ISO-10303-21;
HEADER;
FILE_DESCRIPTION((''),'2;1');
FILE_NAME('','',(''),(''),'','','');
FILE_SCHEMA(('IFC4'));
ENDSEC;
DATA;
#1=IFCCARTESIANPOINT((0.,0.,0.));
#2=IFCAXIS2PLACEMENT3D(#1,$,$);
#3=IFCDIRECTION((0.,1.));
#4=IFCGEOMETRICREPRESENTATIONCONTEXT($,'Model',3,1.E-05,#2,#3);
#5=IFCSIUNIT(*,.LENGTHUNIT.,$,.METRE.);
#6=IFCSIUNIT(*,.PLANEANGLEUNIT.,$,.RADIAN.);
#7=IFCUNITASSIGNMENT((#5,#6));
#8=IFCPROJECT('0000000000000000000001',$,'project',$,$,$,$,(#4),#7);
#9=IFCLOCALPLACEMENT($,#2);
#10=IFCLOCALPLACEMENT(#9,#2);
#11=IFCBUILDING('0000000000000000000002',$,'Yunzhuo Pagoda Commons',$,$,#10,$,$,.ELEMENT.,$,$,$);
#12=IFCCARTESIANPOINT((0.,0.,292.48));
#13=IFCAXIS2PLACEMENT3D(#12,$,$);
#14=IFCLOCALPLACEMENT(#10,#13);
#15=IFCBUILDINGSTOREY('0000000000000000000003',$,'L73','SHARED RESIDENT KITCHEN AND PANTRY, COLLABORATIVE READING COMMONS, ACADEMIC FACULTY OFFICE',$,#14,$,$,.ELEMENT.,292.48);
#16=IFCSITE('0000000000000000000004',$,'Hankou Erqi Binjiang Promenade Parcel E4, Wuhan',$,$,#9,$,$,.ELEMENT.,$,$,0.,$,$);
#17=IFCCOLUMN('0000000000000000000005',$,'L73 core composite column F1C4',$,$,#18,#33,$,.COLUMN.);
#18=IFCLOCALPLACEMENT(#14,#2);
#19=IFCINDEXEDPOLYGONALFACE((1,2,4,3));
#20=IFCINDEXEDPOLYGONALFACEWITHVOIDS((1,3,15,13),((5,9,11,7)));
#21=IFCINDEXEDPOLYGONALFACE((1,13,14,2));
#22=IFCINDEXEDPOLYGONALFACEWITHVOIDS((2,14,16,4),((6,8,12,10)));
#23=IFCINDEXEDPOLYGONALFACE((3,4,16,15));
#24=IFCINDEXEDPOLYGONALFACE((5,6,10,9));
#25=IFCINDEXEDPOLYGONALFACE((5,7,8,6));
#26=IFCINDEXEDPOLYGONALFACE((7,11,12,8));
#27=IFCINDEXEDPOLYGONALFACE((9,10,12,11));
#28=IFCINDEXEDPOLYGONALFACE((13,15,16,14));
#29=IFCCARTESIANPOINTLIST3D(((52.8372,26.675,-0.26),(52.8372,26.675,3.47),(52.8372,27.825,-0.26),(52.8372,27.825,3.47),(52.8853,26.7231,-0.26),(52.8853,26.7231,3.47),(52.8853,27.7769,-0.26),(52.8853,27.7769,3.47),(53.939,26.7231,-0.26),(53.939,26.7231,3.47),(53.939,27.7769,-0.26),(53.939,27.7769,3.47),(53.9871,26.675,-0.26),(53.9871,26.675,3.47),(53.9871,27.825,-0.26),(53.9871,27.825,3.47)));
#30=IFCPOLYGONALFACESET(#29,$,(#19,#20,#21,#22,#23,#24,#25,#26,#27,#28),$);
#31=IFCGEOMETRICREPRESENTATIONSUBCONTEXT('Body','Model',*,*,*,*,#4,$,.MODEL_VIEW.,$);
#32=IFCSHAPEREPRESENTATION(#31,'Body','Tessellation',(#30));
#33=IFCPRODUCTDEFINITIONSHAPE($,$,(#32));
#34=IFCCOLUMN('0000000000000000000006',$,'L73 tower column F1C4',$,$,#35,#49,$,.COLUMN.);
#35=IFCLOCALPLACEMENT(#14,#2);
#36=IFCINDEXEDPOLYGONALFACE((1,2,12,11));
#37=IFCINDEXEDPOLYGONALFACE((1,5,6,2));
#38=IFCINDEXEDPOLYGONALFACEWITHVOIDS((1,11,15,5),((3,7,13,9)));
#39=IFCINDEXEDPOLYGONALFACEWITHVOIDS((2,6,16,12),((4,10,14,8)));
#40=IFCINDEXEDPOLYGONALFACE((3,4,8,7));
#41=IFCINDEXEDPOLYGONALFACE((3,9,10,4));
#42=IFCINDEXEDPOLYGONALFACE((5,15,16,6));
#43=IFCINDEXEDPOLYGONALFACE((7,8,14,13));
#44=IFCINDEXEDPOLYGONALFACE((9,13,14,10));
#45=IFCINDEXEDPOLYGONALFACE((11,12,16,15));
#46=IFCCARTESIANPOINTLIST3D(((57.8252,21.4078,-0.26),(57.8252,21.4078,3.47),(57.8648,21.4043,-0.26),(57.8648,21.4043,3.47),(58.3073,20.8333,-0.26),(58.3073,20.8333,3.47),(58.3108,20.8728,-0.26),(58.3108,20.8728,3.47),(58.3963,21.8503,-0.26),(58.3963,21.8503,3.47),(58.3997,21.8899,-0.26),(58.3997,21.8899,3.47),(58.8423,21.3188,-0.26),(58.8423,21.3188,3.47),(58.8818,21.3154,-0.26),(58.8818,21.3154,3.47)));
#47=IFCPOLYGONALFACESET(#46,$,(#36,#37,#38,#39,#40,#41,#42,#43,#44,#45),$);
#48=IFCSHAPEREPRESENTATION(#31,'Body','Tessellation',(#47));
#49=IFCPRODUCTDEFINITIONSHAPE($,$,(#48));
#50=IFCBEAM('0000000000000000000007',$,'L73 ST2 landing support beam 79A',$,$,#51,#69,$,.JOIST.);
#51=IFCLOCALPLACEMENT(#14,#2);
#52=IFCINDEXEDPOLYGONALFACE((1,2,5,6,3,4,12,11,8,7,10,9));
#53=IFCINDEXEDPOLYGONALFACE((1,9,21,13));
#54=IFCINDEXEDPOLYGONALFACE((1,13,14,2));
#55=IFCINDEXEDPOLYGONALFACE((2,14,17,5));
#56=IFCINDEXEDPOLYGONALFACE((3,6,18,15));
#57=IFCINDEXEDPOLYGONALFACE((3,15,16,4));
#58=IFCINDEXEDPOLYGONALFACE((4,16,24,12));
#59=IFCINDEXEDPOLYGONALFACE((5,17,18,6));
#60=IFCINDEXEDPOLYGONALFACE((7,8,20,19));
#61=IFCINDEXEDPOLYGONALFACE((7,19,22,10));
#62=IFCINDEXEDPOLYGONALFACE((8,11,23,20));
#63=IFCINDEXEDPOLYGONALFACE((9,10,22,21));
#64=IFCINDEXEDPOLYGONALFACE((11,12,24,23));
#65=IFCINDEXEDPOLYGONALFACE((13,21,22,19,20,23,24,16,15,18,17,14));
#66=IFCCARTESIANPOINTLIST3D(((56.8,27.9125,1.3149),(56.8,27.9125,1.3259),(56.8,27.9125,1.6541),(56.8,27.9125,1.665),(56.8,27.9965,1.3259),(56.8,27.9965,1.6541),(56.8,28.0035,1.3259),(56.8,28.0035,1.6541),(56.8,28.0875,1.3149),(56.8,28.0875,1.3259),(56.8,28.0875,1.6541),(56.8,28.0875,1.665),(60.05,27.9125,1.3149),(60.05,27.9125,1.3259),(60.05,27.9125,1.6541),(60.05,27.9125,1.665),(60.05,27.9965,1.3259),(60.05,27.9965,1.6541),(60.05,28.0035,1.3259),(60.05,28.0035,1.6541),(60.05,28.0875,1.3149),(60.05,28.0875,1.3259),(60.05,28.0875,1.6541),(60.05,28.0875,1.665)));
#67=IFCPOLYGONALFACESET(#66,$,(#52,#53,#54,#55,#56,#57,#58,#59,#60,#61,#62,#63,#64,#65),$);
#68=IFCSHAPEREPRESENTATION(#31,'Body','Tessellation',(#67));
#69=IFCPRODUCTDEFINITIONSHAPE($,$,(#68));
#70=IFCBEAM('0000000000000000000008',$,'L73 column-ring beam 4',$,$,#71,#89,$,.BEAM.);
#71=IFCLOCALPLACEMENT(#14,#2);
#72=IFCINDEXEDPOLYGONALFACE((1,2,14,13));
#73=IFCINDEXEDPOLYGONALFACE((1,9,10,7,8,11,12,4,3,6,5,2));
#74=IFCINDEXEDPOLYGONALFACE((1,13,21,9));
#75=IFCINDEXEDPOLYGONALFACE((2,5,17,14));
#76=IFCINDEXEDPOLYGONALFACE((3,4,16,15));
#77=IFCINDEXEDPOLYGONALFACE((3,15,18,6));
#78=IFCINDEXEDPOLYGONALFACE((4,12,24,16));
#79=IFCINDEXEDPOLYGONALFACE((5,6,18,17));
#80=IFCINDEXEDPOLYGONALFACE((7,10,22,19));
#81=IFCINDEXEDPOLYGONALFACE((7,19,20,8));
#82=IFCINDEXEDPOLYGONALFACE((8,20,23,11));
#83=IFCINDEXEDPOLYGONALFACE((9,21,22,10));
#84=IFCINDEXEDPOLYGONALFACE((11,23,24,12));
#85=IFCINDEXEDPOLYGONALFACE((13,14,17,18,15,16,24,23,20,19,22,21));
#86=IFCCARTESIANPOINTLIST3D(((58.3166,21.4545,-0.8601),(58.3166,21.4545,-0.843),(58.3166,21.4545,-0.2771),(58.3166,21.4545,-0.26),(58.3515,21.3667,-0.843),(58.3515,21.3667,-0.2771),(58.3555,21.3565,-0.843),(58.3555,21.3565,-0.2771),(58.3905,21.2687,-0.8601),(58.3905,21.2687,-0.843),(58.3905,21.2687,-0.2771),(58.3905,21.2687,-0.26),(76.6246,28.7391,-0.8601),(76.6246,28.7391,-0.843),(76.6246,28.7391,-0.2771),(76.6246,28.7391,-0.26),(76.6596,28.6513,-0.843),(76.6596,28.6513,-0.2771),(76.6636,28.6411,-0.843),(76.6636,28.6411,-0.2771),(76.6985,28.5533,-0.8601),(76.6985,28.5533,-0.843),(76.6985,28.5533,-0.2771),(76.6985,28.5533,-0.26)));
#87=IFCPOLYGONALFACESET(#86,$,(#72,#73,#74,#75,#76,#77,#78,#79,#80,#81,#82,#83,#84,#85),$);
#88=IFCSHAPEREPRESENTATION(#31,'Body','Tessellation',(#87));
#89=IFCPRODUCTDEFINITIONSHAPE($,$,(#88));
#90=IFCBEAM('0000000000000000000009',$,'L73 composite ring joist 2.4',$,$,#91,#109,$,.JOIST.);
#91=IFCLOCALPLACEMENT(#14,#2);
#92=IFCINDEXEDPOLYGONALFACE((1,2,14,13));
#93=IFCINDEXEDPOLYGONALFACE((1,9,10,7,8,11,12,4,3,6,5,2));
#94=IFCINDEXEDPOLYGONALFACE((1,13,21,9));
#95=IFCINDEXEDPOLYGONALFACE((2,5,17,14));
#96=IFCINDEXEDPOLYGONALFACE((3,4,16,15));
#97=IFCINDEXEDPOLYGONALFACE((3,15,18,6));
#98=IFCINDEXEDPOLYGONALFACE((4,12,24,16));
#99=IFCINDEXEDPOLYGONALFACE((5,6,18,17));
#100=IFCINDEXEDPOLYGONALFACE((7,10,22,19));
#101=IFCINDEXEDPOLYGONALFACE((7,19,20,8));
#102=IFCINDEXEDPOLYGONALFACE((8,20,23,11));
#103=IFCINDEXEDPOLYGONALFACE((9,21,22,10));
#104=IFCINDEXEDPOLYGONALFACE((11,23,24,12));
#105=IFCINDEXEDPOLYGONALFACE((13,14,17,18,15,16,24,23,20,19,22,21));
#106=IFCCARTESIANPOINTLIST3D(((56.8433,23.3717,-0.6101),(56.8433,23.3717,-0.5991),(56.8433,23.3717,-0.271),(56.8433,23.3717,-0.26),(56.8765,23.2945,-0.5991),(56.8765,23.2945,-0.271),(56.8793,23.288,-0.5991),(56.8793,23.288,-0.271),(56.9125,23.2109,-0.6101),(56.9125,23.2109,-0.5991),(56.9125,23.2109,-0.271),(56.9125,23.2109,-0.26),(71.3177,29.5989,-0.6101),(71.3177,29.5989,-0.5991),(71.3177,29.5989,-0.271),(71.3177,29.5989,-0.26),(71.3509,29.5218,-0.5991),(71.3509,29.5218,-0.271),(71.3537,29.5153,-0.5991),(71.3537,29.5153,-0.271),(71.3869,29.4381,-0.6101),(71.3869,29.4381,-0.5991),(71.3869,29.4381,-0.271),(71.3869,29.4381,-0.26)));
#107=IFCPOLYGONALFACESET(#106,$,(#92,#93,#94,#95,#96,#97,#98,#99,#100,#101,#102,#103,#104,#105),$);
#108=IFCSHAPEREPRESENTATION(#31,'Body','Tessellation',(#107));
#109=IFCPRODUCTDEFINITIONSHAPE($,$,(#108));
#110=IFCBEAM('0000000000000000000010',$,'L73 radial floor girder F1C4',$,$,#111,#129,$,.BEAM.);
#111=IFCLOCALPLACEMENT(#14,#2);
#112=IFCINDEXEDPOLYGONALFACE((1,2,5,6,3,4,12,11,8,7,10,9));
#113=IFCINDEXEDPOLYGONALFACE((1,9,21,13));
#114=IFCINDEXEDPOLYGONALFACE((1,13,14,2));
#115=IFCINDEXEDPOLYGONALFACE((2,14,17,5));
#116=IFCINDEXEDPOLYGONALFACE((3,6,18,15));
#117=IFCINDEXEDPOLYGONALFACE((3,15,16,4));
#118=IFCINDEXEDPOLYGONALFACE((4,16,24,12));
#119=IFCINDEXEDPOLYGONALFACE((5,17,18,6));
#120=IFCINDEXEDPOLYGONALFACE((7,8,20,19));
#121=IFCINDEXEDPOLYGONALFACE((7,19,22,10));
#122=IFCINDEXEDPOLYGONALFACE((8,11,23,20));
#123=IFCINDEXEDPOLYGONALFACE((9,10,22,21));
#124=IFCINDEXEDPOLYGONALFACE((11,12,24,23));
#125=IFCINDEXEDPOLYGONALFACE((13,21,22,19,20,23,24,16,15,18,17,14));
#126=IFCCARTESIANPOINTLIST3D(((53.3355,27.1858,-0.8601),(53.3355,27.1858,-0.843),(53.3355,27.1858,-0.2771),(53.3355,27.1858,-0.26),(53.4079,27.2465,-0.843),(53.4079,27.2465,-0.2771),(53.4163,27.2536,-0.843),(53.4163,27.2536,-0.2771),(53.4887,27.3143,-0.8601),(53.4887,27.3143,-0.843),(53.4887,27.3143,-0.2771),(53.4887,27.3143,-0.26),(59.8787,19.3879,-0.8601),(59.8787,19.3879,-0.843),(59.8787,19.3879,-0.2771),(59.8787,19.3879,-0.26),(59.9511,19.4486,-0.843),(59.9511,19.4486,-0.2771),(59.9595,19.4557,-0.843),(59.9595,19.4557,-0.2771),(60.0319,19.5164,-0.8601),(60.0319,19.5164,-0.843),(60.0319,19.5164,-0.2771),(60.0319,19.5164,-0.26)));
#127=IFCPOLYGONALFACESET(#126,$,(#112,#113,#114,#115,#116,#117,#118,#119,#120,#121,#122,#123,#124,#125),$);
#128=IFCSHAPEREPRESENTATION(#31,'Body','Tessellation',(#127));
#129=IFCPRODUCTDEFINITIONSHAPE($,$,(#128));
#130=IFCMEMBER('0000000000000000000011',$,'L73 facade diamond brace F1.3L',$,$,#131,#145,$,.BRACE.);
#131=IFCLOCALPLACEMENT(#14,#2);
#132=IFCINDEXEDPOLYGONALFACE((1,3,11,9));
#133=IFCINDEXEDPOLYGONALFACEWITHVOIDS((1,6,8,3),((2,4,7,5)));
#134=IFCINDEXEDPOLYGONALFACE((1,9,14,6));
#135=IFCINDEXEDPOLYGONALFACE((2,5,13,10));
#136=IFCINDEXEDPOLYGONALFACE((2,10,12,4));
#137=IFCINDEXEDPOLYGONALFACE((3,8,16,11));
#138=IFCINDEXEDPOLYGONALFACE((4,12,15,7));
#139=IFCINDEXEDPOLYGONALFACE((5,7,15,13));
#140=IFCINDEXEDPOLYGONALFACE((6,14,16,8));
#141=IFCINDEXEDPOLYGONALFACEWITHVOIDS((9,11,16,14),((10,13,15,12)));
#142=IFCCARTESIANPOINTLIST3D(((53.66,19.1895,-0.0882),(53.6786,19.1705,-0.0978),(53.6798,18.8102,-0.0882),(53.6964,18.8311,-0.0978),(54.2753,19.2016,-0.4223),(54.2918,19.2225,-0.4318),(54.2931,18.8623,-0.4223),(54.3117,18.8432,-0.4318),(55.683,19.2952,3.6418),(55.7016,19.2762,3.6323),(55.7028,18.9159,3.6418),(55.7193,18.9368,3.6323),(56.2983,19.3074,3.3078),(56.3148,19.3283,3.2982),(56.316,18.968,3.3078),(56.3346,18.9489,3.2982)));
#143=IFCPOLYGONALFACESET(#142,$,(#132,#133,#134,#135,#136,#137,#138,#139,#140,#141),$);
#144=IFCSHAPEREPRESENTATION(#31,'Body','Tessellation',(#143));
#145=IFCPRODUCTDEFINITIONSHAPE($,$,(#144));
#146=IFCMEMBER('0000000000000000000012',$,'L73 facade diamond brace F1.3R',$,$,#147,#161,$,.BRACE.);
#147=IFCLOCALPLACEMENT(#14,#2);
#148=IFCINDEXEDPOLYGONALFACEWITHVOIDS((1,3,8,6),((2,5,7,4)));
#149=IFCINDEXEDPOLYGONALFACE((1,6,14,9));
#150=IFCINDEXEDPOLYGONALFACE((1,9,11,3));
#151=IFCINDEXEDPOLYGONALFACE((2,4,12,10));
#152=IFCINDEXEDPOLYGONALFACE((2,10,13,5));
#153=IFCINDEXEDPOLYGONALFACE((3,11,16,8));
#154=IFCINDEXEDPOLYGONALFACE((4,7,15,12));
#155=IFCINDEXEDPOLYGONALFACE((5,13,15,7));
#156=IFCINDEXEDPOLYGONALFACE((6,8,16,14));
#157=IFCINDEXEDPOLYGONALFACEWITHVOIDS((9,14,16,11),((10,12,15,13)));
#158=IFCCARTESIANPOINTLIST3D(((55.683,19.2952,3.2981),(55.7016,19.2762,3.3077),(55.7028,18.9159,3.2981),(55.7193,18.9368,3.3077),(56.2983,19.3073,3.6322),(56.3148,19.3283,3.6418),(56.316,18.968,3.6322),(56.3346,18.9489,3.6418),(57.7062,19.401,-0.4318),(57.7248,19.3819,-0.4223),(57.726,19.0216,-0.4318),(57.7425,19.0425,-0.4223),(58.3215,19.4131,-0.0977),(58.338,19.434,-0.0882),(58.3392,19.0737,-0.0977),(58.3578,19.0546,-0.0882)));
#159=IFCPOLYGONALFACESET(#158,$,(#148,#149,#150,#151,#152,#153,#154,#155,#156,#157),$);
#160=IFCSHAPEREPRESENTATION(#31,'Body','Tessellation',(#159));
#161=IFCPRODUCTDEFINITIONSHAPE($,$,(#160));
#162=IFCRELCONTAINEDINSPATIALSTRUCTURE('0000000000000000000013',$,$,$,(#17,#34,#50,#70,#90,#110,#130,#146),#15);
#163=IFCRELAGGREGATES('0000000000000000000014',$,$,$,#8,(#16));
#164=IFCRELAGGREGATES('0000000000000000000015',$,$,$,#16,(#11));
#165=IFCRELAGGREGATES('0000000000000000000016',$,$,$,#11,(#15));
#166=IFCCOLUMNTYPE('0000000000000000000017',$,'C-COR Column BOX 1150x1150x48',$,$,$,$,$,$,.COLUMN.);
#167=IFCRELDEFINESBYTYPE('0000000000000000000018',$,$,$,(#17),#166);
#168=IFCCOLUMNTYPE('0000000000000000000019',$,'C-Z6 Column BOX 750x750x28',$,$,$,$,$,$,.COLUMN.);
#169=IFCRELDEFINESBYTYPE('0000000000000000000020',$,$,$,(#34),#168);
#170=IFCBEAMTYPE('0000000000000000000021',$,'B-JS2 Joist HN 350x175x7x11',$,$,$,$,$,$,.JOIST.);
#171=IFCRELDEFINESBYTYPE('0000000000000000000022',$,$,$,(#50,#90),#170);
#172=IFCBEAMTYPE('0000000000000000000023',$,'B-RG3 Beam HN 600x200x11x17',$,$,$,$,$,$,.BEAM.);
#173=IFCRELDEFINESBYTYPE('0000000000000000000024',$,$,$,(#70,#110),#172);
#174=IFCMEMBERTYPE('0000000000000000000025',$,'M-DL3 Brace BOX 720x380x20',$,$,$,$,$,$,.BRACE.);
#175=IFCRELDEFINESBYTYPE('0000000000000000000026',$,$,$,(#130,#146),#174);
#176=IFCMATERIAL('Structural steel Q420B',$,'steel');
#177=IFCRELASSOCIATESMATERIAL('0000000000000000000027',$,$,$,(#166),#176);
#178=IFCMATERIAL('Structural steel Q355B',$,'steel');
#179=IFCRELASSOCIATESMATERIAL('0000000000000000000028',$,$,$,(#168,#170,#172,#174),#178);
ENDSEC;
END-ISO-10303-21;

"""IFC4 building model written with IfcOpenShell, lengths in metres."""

from ifc_helpers import new_model, si_unit, direction, frame, origin, origin_2d, place, context, subcontext, project, spatial, hollow_rectangle, i_section, extrude, source, transform, mapped, material, material_profile, profile_set, type_object, element, save


model = new_model("IFC4")

# Units and contexts
model_context = context("Model", 3, precision=1e-05, world=origin(), true_north=direction((0.0, 1.0)))
body_context = subcontext(model_context, "Body", "Model", "MODEL_VIEW")
ifc_project = project(units=[si_unit("LENGTHUNIT", "METRE"), si_unit("PLANEANGLEUNIT", "RADIAN")], contexts=[model_context])

# Site, building, storey
site_placement = place(None, origin())
site = spatial("IfcSite", under=ifc_project, at=site_placement, Name="Hankou Erqi Binjiang Promenade Parcel E4, Wuhan", CompositionType="ELEMENT", RefElevation=0.0)
building_placement = place(site_placement, origin())
building = spatial("IfcBuilding", under=site, at=building_placement, Name="Yunzhuo Pagoda Commons", CompositionType="ELEMENT")
storey_placement = place(building_placement, frame((0.0, 0.0, 292.48)))
storey = spatial("IfcBuildingStorey", under=building, at=storey_placement, Name="L73", Description="SHARED RESIDENT KITCHEN AND PANTRY, COLLABORATIVE READING COMMONS, ACADEMIC FACULTY OFFICE", CompositionType="ELEMENT", Elevation=292.48)

# Columns
ifc_material_1 = material(Name="Structural steel Q420B", Category="steel")
ifc_material_profile_1 = material_profile(ifc_material_1, hollow_rectangle(XDim=1.1499, YDim=1.1499, WallThickness=0.0481, at=origin_2d()), Name="Structural steel Q420B")
ifc_profile_set_1 = profile_set([ifc_material_profile_1], Name="Structural steel Q420B")
column_type_1 = type_object("IfcColumnType", Name="C-COR Column BOX 1150x1150x48", PredefinedType="COLUMN", material=ifc_profile_set_1)
shared_shape_1 = source(origin(), body_context, "Body", "SweptSolid", [
    extrude(hollow_rectangle(XDim=1.1499, YDim=1.1499, WallThickness=0.0481, at=origin_2d()), origin(), (0.0, 0.0, 1.0), 3.73),
])
column_1_placement = place(storey_placement, frame((53.4121, 27.25, -0.26), z_axis=(0.0, 0.0, 1.0), x_axis=(1.0, 0.0, 0.0)))
element("IfcColumn", 1, at=column_1_placement, inside=storey, type_object=column_type_1, Name="L73 core composite column F1C4", PredefinedType="COLUMN", context=body_context, shape_type="MappedRepresentation", body=[
    mapped(shared_shape_1, transform((0.0, 0.0, 0.0), scale=1.0)),
])
ifc_material_2 = material(Name="Structural steel Q355B", Category="steel")
ifc_material_profile_2 = material_profile(ifc_material_2, hollow_rectangle(XDim=0.75, YDim=0.75, WallThickness=0.0281, at=origin_2d()), Name="Structural steel Q355B")
ifc_profile_set_2 = profile_set([ifc_material_profile_2], Name="Structural steel Q355B")
column_type_2 = type_object("IfcColumnType", Name="C-Z6 Column BOX 750x750x28", PredefinedType="COLUMN", material=ifc_profile_set_2)
shared_shape_2 = source(origin(), body_context, "Body", "SweptSolid", [
    extrude(hollow_rectangle(XDim=0.75, YDim=0.75, WallThickness=0.0281, at=origin_2d()), origin(), (0.0, 0.0, 1.0), 3.73),
])
column_2_placement = place(storey_placement, frame((58.3535, 21.3616, -0.26), z_axis=(0.0, 0.0, 1.0), x_axis=(0.766044, 0.642788, 0.0)))
element("IfcColumn", 2, at=column_2_placement, inside=storey, type_object=column_type_2, Name="L73 tower column F1C4", PredefinedType="COLUMN", context=body_context, shape_type="MappedRepresentation", body=[
    mapped(shared_shape_2, transform((0.0, 0.0, 0.0), scale=1.0)),
])

# Beams
ifc_material_profile_3 = material_profile(ifc_material_2, i_section(OverallWidth=0.175, OverallDepth=0.3501, WebThickness=0.0071, FlangeThickness=0.011, at=origin_2d()), Name="Structural steel Q355B")
ifc_profile_set_3 = profile_set([ifc_material_profile_3], Name="Structural steel Q355B")
beam_type_1 = type_object("IfcBeamType", Name="B-JS2 Joist HN 350x175x7x11", PredefinedType="JOIST", material=ifc_profile_set_3)
shared_shape_3 = source(origin(), body_context, "Body", "SweptSolid", [
    extrude(i_section(OverallWidth=0.175, OverallDepth=0.3501, WebThickness=0.0071, FlangeThickness=0.011, at=origin_2d()), origin(), (0.0, 0.0, 1.0), 3.25),
])
beam_1_placement = place(storey_placement, frame((56.8, 28.0, 1.49), z_axis=(1.0, 0.0, 0.0), x_axis=(0.0, 1.0, 0.0)))
element("IfcBeam", 3, at=beam_1_placement, inside=storey, type_object=beam_type_1, Name="L73 ST2 landing support beam 79A", PredefinedType="JOIST", context=body_context, shape_type="MappedRepresentation", body=[
    mapped(shared_shape_3, transform((0.0, 0.0, 0.0), scale=1.0)),
])
ifc_material_profile_4 = material_profile(ifc_material_2, i_section(OverallWidth=0.2, OverallDepth=0.6001, WebThickness=0.011, FlangeThickness=0.0171, at=origin_2d()), Name="Structural steel Q355B")
ifc_profile_set_4 = profile_set([ifc_material_profile_4], Name="Structural steel Q355B")
beam_type_2 = type_object("IfcBeamType", Name="B-RG3 Beam HN 600x200x11x17", PredefinedType="BEAM", material=ifc_profile_set_4)
shared_shape_4 = source(origin(), body_context, "Body", "SweptSolid", [
    extrude(i_section(OverallWidth=0.2, OverallDepth=0.6001, WebThickness=0.011, FlangeThickness=0.0171, at=origin_2d()), origin(), (0.0, 0.0, 1.0), 19.7041),
])
beam_2_placement = place(storey_placement, frame((58.3535, 21.3616, -0.5601), z_axis=(0.92915, 0.369702, 0.0), x_axis=(-0.369702, 0.92915, 0.0)))
element("IfcBeam", 4, at=beam_2_placement, inside=storey, type_object=beam_type_2, Name="L73 column-ring beam 4", PredefinedType="BEAM", context=body_context, shape_type="MappedRepresentation", body=[
    mapped(shared_shape_4, transform((0.0, 0.0, 0.0), scale=1.0)),
])
shared_shape_5 = source(origin(), body_context, "Body", "SweptSolid", [
    extrude(i_section(OverallWidth=0.175, OverallDepth=0.3501, WebThickness=0.0071, FlangeThickness=0.011, at=origin_2d()), origin(), (0.0, 0.0, 1.0), 15.7571),
])
beam_3_placement = place(storey_placement, frame((56.8779, 23.2913, -0.4351), z_axis=(0.918593, 0.395205, 0.0), x_axis=(-0.395205, 0.918593, 0.0)))
element("IfcBeam", 5, at=beam_3_placement, inside=storey, type_object=beam_type_1, Name="L73 composite ring joist 2.4", PredefinedType="JOIST", context=body_context, shape_type="MappedRepresentation", body=[
    mapped(shared_shape_5, transform((0.0, 0.0, 0.0), scale=1.0)),
])
shared_shape_6 = source(origin(), body_context, "Body", "SweptSolid", [
    extrude(i_section(OverallWidth=0.2, OverallDepth=0.6001, WebThickness=0.011, FlangeThickness=0.0171, at=origin_2d()), origin(), (0.0, 0.0, 1.0), 10.1794),
])
beam_4_placement = place(storey_placement, frame((59.9553, 19.4521, -0.5601), z_axis=(-0.64279, 0.766043, 0.0), x_axis=(-0.766043, -0.64279, 0.0)))
element("IfcBeam", 6, at=beam_4_placement, inside=storey, type_object=beam_type_2, Name="L73 radial floor girder F1C4", PredefinedType="BEAM", context=body_context, shape_type="MappedRepresentation", body=[
    mapped(shared_shape_6, transform((0.0, 0.0, 0.0), scale=1.0)),
])

# Members
ifc_material_profile_5 = material_profile(ifc_material_2, hollow_rectangle(XDim=0.3799, YDim=0.72, WallThickness=0.02, at=origin_2d()), Name="Structural steel Q355B")
ifc_profile_set_5 = profile_set([ifc_material_profile_5], Name="Structural steel Q355B")
member_type_1 = type_object("IfcMemberType", Name="M-DL3 Brace BOX 720x380x20", PredefinedType="BRACE", material=ifc_profile_set_5)
shared_shape_7 = source(origin(), body_context, "Body", "SweptSolid", [
    extrude(hollow_rectangle(XDim=0.3799, YDim=0.72, WallThickness=0.02, at=origin_2d()), origin(), (0.0, 0.0, 1.0), 4.2446),
])
for number, where, z_axis, x_axis, name in (
    (7, (53.9858, 19.0164, -0.26), (0.476599, 0.024906, 0.878768), (-0.052186, 0.998637, 0.0), "L73 facade diamond brace F1.3L"),
    (8, (58.032, 19.2278, -0.26), (-0.476643, -0.024905, 0.878744), (0.052179, -0.998638, 0.0), "L73 facade diamond brace F1.3R"),
):
    element("IfcMember", number, at=place(storey_placement, frame(where, z_axis=z_axis, x_axis=x_axis)), inside=storey, type_object=member_type_1, Name=name, PredefinedType="BRACE", context=body_context, shape_type="MappedRepresentation", body=[
        mapped(shared_shape_7, transform((0.0, 0.0, 0.0), scale=1.0)),
    ])

save(model, "model.ifc")
